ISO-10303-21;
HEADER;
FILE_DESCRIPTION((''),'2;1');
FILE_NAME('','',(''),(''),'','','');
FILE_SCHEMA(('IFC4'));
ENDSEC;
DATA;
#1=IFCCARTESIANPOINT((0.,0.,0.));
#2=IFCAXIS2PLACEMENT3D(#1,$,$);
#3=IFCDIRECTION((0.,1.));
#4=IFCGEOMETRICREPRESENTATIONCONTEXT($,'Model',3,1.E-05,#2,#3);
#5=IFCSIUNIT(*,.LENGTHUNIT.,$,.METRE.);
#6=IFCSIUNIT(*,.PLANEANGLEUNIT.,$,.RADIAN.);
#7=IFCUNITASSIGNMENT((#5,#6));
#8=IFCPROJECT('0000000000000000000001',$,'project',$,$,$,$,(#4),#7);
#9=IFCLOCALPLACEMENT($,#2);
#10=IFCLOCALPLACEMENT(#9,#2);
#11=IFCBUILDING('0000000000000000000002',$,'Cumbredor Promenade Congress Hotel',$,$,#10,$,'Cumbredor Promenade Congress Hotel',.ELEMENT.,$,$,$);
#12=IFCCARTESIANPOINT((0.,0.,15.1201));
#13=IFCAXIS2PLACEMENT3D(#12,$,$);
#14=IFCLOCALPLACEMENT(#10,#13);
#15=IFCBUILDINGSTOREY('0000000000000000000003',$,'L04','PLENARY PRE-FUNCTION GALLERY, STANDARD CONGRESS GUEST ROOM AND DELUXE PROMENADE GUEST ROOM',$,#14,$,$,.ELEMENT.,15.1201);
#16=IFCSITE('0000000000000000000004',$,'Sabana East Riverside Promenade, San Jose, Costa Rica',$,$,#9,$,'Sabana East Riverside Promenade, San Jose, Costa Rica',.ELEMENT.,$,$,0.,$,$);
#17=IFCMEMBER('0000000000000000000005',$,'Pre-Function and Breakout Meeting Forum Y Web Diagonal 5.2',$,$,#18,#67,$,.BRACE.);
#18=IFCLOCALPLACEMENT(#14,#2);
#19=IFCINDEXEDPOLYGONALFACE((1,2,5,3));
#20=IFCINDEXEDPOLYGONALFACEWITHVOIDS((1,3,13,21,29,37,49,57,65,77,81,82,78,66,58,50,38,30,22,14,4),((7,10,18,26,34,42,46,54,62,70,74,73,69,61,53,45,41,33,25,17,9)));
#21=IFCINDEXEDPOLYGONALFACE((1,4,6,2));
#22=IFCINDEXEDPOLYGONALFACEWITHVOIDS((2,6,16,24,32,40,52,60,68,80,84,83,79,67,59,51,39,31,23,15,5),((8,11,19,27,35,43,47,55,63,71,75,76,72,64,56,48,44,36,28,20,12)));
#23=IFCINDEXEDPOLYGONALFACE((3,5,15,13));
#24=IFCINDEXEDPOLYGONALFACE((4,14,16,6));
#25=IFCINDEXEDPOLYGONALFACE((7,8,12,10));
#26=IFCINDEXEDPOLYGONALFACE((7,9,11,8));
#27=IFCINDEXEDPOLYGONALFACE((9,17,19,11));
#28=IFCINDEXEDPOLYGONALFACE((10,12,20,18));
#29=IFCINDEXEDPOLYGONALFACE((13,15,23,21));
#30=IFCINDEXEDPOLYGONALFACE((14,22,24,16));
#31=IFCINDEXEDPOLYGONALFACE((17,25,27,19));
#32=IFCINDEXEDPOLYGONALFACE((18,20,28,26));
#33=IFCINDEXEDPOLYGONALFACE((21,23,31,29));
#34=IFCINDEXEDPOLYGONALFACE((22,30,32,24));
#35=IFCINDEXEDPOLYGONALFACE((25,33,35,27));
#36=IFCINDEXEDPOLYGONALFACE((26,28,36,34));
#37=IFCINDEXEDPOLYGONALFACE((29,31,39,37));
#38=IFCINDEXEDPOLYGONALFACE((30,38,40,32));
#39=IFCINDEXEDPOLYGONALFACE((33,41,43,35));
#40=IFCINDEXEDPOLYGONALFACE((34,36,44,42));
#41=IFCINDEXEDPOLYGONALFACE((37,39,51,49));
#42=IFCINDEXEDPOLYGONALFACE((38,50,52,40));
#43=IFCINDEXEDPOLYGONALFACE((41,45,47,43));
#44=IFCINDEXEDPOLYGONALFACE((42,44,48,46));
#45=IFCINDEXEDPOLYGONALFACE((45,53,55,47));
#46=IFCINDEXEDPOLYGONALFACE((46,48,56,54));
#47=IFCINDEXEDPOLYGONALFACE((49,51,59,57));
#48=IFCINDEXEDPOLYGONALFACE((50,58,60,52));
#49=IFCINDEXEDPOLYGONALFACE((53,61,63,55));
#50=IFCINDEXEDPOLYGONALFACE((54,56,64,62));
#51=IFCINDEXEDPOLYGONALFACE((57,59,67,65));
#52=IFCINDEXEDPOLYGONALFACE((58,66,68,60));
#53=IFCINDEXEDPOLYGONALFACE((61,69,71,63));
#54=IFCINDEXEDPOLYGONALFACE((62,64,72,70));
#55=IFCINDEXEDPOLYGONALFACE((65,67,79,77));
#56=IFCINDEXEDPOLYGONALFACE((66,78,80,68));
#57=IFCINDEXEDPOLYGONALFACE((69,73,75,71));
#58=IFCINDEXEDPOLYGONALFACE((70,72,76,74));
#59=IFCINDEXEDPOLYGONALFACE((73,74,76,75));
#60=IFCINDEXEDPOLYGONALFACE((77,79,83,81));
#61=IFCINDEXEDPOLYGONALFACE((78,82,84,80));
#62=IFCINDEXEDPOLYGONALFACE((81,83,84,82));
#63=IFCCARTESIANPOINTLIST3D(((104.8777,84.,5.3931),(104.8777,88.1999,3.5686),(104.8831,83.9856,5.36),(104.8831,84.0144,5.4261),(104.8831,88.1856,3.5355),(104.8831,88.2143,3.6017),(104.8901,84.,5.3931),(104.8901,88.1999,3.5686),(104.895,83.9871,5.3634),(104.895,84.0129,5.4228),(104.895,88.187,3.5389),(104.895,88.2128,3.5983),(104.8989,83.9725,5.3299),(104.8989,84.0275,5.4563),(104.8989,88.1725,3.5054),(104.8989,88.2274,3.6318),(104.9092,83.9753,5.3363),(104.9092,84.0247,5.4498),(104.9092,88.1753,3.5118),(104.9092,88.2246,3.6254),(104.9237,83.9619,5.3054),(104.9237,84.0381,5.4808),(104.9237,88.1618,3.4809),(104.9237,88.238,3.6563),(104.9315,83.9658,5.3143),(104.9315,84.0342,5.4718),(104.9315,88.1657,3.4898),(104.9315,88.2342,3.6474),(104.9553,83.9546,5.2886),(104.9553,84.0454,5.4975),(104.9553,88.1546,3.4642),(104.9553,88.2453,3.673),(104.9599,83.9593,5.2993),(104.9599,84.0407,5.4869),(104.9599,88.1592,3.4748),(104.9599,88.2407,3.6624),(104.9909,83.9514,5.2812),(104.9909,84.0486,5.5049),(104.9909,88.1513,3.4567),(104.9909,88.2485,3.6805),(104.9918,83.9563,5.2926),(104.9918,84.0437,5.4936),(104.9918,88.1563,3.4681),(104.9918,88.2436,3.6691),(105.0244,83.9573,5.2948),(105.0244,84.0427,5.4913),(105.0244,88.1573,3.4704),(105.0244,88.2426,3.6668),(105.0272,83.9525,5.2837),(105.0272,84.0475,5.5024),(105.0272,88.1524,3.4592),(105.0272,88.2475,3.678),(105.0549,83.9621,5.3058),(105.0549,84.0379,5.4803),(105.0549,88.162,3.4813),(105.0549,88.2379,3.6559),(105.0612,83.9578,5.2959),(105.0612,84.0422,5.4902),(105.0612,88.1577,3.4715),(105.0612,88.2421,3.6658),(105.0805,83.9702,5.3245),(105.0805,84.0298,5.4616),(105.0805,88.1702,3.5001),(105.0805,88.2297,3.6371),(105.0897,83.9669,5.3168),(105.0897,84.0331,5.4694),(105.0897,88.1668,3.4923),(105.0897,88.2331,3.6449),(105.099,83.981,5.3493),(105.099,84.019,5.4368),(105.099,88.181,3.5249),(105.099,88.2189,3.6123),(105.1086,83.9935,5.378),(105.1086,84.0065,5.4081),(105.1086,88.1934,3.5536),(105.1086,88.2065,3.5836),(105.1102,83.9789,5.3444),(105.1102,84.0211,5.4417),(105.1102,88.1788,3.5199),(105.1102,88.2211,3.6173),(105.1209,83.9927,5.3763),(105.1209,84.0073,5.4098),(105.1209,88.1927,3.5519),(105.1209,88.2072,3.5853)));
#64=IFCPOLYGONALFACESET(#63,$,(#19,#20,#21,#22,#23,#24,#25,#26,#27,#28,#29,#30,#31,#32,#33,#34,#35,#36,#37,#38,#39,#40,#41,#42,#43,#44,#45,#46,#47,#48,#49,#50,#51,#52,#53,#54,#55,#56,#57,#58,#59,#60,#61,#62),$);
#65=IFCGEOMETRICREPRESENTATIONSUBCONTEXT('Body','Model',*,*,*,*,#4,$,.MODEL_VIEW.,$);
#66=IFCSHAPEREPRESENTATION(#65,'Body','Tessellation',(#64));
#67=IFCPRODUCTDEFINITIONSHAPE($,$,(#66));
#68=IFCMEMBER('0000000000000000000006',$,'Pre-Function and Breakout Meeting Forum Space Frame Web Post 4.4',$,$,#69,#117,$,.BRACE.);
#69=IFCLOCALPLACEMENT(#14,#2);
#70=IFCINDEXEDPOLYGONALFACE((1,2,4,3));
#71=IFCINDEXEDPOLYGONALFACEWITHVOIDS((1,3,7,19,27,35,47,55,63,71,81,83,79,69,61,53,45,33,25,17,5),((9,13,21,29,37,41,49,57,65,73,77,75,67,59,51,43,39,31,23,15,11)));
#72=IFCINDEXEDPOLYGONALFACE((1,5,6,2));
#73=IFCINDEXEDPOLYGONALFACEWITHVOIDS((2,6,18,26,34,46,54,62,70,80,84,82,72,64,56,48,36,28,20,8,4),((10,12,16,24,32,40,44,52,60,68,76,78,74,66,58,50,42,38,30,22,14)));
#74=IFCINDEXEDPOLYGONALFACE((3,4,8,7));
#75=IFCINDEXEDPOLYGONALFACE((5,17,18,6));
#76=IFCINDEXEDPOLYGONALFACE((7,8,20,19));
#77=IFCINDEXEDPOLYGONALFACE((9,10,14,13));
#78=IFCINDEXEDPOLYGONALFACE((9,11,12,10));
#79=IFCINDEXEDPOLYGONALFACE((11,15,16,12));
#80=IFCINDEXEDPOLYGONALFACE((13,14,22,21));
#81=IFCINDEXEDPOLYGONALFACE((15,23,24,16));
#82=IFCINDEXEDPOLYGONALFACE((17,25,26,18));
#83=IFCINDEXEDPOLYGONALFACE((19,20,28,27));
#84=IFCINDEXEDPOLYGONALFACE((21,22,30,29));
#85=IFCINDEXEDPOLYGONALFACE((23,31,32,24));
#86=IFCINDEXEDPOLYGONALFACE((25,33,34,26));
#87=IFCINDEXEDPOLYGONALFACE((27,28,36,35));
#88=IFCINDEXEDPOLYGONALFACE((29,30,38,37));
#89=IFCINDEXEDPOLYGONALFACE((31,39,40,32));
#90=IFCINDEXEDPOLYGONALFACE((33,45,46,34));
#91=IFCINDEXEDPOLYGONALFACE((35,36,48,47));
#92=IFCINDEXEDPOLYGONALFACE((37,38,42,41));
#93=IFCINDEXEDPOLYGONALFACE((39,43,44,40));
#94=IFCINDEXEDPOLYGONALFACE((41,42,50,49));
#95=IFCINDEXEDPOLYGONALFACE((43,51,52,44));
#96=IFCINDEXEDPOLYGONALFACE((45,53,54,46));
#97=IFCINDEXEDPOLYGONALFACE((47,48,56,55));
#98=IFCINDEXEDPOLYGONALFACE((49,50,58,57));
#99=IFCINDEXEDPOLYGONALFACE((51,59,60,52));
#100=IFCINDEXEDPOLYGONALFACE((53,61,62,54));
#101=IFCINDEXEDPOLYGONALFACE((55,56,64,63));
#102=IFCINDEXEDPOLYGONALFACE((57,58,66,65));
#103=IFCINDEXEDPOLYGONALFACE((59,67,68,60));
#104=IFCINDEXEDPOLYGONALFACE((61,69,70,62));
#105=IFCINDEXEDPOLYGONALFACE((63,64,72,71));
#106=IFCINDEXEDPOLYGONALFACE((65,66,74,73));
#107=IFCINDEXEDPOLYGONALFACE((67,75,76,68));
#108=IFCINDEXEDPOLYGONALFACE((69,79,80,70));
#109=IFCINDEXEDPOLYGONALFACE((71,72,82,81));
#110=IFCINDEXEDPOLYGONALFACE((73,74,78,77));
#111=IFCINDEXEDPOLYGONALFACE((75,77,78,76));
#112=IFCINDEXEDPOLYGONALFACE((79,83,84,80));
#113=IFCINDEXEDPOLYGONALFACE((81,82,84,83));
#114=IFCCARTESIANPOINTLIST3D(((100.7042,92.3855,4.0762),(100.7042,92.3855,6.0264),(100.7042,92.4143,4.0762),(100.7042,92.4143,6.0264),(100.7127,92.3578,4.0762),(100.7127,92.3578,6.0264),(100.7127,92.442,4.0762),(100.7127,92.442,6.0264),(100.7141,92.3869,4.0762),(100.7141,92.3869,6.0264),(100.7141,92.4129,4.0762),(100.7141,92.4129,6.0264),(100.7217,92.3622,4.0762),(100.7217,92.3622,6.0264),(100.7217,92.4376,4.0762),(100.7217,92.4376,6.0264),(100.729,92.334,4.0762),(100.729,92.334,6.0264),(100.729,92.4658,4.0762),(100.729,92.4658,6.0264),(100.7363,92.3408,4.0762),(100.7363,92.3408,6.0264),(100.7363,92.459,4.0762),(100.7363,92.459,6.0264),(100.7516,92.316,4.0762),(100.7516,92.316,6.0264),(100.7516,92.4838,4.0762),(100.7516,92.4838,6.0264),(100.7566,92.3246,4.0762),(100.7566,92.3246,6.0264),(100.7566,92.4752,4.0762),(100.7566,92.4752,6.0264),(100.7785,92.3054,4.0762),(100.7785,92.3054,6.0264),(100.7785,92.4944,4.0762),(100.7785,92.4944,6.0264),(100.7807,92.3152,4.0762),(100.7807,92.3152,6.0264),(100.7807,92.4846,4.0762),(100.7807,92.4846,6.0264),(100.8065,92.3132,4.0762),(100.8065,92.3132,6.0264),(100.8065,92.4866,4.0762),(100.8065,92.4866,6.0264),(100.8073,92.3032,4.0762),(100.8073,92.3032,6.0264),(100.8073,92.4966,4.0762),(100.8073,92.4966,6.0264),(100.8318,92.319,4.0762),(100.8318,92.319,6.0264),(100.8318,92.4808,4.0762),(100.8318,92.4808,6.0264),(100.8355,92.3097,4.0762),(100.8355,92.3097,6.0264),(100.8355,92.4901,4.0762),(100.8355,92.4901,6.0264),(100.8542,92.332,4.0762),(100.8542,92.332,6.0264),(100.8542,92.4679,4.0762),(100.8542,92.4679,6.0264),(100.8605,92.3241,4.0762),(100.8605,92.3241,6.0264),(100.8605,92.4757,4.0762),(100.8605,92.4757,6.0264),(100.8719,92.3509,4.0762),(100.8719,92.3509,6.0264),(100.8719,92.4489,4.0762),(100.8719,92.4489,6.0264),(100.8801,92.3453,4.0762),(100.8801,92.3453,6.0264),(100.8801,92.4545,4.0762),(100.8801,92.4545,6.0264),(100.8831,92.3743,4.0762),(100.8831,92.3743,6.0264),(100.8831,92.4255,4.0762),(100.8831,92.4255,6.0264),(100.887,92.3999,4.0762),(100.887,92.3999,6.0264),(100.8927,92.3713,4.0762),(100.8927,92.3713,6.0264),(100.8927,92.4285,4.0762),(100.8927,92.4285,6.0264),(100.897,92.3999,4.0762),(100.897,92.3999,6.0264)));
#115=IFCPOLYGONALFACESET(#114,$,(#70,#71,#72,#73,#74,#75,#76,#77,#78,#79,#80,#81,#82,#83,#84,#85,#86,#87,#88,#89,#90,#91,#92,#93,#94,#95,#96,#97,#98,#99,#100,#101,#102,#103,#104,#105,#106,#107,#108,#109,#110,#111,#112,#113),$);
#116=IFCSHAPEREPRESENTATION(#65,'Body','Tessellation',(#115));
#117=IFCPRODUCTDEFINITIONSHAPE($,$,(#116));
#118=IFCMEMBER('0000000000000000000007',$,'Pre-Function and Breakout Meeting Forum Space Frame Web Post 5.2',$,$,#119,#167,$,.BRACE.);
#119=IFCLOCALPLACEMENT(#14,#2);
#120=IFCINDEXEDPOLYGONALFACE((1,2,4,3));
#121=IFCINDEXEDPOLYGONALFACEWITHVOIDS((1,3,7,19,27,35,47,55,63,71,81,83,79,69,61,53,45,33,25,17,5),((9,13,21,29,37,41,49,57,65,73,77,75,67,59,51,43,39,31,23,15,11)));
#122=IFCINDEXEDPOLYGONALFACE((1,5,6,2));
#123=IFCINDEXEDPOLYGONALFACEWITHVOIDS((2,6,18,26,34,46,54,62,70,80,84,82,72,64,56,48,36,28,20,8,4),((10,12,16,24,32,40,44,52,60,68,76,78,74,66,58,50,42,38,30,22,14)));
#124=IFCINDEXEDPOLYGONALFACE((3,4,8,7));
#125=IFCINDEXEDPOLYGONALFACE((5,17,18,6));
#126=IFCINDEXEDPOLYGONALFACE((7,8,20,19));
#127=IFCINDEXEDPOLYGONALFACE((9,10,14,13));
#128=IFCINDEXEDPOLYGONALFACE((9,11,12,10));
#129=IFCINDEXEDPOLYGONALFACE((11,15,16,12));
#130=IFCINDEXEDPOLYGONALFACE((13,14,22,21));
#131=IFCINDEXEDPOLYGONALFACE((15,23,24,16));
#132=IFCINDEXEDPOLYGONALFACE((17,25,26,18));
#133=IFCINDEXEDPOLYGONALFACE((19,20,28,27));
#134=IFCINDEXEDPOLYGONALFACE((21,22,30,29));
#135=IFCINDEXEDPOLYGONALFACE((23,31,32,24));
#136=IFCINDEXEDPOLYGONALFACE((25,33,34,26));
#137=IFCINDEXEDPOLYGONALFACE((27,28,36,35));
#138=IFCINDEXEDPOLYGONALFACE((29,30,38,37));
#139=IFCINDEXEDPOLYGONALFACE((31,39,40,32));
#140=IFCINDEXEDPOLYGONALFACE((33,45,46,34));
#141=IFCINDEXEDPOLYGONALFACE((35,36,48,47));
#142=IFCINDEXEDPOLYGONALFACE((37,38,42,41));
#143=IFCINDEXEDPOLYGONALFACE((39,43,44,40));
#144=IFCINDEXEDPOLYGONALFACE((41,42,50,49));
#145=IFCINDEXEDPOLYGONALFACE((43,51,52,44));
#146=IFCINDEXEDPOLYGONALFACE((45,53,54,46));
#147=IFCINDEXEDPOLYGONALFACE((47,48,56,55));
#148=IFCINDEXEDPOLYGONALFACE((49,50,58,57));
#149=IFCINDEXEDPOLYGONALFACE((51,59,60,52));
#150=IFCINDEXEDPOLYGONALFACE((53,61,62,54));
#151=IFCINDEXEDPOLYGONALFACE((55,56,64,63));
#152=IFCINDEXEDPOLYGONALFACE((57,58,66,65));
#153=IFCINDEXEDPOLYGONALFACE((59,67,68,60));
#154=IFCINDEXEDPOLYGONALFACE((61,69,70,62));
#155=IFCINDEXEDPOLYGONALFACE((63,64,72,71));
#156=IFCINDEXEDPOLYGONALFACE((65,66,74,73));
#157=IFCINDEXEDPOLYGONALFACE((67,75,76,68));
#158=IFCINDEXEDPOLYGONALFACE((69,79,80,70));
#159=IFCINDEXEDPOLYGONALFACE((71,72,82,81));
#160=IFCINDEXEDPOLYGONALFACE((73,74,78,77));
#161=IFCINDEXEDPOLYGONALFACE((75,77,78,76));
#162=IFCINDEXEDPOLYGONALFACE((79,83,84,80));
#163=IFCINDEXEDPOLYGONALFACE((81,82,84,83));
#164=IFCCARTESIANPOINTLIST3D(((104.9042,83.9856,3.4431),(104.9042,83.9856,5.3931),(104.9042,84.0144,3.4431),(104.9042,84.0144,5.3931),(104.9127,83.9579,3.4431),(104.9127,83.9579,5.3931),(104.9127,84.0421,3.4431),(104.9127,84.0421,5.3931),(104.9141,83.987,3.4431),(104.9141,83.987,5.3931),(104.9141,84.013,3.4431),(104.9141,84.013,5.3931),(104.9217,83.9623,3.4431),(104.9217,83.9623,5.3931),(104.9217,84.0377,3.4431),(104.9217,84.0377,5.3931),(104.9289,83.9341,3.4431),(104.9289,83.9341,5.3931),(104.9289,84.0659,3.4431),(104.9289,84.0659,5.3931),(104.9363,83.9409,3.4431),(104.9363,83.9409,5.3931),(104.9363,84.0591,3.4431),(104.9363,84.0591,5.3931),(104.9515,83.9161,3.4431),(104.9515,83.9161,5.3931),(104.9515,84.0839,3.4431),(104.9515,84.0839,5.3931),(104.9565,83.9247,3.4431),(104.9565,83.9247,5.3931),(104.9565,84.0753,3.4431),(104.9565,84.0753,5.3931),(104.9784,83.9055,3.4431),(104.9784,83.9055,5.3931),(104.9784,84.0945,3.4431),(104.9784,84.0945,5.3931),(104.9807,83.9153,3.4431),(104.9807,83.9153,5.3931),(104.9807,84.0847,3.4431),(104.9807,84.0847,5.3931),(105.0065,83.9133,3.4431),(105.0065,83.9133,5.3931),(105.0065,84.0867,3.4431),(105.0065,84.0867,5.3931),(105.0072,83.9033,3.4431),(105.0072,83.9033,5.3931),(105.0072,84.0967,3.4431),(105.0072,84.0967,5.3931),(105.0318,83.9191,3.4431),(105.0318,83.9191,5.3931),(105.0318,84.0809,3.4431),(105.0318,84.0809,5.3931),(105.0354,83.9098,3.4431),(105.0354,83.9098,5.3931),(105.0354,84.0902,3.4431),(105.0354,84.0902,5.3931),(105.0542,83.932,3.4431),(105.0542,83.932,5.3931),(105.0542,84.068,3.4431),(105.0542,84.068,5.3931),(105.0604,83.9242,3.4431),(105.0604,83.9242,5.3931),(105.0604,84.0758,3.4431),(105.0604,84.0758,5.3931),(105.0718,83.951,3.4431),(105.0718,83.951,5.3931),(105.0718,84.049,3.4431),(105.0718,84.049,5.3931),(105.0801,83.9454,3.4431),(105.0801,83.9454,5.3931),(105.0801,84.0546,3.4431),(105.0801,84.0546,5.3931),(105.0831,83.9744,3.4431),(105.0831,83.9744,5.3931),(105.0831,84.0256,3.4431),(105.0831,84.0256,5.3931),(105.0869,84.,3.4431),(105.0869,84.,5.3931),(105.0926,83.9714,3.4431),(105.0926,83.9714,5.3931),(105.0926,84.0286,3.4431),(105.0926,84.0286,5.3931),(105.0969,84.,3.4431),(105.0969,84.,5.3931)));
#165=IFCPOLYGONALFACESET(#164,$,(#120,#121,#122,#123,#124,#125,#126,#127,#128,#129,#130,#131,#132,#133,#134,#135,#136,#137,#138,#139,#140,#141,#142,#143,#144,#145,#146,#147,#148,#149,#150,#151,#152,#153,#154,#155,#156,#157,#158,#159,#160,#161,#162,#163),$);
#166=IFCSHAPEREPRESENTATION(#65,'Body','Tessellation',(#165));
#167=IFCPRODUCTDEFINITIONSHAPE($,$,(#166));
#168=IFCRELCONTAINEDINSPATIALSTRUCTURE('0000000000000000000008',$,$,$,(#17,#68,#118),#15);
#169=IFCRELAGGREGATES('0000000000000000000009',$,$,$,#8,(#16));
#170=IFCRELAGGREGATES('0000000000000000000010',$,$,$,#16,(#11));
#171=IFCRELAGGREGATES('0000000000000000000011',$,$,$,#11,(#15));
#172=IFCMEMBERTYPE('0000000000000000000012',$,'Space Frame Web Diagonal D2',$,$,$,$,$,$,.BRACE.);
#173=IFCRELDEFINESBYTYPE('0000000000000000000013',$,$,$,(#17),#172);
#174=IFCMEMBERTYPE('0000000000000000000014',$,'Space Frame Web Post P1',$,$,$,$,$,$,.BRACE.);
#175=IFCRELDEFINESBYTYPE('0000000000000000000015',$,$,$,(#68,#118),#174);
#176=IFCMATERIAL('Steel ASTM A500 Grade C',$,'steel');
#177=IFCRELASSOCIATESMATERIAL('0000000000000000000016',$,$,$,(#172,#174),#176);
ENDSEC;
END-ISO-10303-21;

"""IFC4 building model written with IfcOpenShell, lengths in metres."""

from ifc_helpers import new_model, si_unit, direction, frame, origin, origin_2d, place, context, subcontext, project, spatial, hollow_circle, extrude, material, material_profile, profile_set, type_object, element, save


model = new_model("IFC4")

# Units and contexts
model_context = context("Model", 3, precision=1e-05, world=origin(), true_north=direction((0.0, 1.0)))
body_context = subcontext(model_context, "Body", "Model", "MODEL_VIEW")
ifc_project = project(units=[si_unit("LENGTHUNIT", "METRE"), si_unit("PLANEANGLEUNIT", "RADIAN")], contexts=[model_context])

# Site, building, storey
site_placement = place(None, origin())
site = spatial("IfcSite", under=ifc_project, at=site_placement, Name="Sabana East Riverside Promenade, San Jose, Costa Rica", LongName="Sabana East Riverside Promenade, San Jose, Costa Rica", CompositionType="ELEMENT", RefElevation=0.0)
building_placement = place(site_placement, origin())
building = spatial("IfcBuilding", under=site, at=building_placement, Name="Cumbredor Promenade Congress Hotel", LongName="Cumbredor Promenade Congress Hotel", CompositionType="ELEMENT")
storey_placement = place(building_placement, frame((0.0, 0.0, 15.1201)))
storey = spatial("IfcBuildingStorey", under=building, at=storey_placement, Name="L04", Description="PLENARY PRE-FUNCTION GALLERY, STANDARD CONGRESS GUEST ROOM AND DELUXE PROMENADE GUEST ROOM", CompositionType="ELEMENT", Elevation=15.1201)

# Members
ifc_material_1 = material(Name="Steel ASTM A500 Grade C", Category="steel")
ifc_material_profile_1 = material_profile(ifc_material_1, hollow_circle(Radius=0.1223, WallThickness=0.0125, at=origin_2d()), Name="CHS 244.5x12.5")
ifc_profile_set_1 = profile_set([ifc_material_profile_1], Name="Steel ASTM A500 Grade C")
member_type_1 = type_object("IfcMemberType", Name="Space Frame Web Diagonal D2", PredefinedType="BRACE", material=ifc_profile_set_1)
member_1_placement = place(storey_placement, frame((105.0, 84.0, 5.3931), z_axis=(0.0, 0.917198, -0.398432), x_axis=(-1.0, 0.0, 0.0)))
element("IfcMember", 1, at=member_1_placement, inside=storey, type_object=member_type_1, Name="Pre-Function and Breakout Meeting Forum Y Web Diagonal 5.2", PredefinedType="BRACE", context=body_context, shape_type="SweptSolid", body=[
    extrude(hollow_circle(Radius=0.1223, WallThickness=0.0125, at=origin_2d()), origin(), (0.0, 0.0, 1.0), 4.5791),
])
ifc_material_profile_2 = material_profile(ifc_material_1, hollow_circle(Radius=0.0969, WallThickness=0.01, at=origin_2d()), Name="CHS 193.7x10")
ifc_profile_set_2 = profile_set([ifc_material_profile_2], Name="Steel ASTM A500 Grade C")
member_type_2 = type_object("IfcMemberType", Name="Space Frame Web Post P1", PredefinedType="BRACE", material=ifc_profile_set_2)
member_2_placement = place(storey_placement, frame((100.8, 92.3999, 4.0762), z_axis=(0.0, 0.0, 1.0), x_axis=(1.0, 0.0, 0.0)))
element("IfcMember", 2, at=member_2_placement, inside=storey, type_object=member_type_2, Name="Pre-Function and Breakout Meeting Forum Space Frame Web Post 4.4", PredefinedType="BRACE", context=body_context, shape_type="SweptSolid", body=[
    extrude(hollow_circle(Radius=0.0969, WallThickness=0.01, at=origin_2d()), origin(), (0.0, 0.0, 1.0), 1.9502),
])
member_3_placement = place(storey_placement, frame((105.0, 84.0, 3.4431), z_axis=(0.0, 0.0, 1.0), x_axis=(1.0, 0.0, 0.0)))
element("IfcMember", 3, at=member_3_placement, inside=storey, type_object=member_type_2, Name="Pre-Function and Breakout Meeting Forum Space Frame Web Post 5.2", PredefinedType="BRACE", context=body_context, shape_type="SweptSolid", body=[
    extrude(hollow_circle(Radius=0.0969, WallThickness=0.01, at=origin_2d()), origin(), (0.0, 0.0, 1.0), 1.95),
])

save(model, "model.ifc")
